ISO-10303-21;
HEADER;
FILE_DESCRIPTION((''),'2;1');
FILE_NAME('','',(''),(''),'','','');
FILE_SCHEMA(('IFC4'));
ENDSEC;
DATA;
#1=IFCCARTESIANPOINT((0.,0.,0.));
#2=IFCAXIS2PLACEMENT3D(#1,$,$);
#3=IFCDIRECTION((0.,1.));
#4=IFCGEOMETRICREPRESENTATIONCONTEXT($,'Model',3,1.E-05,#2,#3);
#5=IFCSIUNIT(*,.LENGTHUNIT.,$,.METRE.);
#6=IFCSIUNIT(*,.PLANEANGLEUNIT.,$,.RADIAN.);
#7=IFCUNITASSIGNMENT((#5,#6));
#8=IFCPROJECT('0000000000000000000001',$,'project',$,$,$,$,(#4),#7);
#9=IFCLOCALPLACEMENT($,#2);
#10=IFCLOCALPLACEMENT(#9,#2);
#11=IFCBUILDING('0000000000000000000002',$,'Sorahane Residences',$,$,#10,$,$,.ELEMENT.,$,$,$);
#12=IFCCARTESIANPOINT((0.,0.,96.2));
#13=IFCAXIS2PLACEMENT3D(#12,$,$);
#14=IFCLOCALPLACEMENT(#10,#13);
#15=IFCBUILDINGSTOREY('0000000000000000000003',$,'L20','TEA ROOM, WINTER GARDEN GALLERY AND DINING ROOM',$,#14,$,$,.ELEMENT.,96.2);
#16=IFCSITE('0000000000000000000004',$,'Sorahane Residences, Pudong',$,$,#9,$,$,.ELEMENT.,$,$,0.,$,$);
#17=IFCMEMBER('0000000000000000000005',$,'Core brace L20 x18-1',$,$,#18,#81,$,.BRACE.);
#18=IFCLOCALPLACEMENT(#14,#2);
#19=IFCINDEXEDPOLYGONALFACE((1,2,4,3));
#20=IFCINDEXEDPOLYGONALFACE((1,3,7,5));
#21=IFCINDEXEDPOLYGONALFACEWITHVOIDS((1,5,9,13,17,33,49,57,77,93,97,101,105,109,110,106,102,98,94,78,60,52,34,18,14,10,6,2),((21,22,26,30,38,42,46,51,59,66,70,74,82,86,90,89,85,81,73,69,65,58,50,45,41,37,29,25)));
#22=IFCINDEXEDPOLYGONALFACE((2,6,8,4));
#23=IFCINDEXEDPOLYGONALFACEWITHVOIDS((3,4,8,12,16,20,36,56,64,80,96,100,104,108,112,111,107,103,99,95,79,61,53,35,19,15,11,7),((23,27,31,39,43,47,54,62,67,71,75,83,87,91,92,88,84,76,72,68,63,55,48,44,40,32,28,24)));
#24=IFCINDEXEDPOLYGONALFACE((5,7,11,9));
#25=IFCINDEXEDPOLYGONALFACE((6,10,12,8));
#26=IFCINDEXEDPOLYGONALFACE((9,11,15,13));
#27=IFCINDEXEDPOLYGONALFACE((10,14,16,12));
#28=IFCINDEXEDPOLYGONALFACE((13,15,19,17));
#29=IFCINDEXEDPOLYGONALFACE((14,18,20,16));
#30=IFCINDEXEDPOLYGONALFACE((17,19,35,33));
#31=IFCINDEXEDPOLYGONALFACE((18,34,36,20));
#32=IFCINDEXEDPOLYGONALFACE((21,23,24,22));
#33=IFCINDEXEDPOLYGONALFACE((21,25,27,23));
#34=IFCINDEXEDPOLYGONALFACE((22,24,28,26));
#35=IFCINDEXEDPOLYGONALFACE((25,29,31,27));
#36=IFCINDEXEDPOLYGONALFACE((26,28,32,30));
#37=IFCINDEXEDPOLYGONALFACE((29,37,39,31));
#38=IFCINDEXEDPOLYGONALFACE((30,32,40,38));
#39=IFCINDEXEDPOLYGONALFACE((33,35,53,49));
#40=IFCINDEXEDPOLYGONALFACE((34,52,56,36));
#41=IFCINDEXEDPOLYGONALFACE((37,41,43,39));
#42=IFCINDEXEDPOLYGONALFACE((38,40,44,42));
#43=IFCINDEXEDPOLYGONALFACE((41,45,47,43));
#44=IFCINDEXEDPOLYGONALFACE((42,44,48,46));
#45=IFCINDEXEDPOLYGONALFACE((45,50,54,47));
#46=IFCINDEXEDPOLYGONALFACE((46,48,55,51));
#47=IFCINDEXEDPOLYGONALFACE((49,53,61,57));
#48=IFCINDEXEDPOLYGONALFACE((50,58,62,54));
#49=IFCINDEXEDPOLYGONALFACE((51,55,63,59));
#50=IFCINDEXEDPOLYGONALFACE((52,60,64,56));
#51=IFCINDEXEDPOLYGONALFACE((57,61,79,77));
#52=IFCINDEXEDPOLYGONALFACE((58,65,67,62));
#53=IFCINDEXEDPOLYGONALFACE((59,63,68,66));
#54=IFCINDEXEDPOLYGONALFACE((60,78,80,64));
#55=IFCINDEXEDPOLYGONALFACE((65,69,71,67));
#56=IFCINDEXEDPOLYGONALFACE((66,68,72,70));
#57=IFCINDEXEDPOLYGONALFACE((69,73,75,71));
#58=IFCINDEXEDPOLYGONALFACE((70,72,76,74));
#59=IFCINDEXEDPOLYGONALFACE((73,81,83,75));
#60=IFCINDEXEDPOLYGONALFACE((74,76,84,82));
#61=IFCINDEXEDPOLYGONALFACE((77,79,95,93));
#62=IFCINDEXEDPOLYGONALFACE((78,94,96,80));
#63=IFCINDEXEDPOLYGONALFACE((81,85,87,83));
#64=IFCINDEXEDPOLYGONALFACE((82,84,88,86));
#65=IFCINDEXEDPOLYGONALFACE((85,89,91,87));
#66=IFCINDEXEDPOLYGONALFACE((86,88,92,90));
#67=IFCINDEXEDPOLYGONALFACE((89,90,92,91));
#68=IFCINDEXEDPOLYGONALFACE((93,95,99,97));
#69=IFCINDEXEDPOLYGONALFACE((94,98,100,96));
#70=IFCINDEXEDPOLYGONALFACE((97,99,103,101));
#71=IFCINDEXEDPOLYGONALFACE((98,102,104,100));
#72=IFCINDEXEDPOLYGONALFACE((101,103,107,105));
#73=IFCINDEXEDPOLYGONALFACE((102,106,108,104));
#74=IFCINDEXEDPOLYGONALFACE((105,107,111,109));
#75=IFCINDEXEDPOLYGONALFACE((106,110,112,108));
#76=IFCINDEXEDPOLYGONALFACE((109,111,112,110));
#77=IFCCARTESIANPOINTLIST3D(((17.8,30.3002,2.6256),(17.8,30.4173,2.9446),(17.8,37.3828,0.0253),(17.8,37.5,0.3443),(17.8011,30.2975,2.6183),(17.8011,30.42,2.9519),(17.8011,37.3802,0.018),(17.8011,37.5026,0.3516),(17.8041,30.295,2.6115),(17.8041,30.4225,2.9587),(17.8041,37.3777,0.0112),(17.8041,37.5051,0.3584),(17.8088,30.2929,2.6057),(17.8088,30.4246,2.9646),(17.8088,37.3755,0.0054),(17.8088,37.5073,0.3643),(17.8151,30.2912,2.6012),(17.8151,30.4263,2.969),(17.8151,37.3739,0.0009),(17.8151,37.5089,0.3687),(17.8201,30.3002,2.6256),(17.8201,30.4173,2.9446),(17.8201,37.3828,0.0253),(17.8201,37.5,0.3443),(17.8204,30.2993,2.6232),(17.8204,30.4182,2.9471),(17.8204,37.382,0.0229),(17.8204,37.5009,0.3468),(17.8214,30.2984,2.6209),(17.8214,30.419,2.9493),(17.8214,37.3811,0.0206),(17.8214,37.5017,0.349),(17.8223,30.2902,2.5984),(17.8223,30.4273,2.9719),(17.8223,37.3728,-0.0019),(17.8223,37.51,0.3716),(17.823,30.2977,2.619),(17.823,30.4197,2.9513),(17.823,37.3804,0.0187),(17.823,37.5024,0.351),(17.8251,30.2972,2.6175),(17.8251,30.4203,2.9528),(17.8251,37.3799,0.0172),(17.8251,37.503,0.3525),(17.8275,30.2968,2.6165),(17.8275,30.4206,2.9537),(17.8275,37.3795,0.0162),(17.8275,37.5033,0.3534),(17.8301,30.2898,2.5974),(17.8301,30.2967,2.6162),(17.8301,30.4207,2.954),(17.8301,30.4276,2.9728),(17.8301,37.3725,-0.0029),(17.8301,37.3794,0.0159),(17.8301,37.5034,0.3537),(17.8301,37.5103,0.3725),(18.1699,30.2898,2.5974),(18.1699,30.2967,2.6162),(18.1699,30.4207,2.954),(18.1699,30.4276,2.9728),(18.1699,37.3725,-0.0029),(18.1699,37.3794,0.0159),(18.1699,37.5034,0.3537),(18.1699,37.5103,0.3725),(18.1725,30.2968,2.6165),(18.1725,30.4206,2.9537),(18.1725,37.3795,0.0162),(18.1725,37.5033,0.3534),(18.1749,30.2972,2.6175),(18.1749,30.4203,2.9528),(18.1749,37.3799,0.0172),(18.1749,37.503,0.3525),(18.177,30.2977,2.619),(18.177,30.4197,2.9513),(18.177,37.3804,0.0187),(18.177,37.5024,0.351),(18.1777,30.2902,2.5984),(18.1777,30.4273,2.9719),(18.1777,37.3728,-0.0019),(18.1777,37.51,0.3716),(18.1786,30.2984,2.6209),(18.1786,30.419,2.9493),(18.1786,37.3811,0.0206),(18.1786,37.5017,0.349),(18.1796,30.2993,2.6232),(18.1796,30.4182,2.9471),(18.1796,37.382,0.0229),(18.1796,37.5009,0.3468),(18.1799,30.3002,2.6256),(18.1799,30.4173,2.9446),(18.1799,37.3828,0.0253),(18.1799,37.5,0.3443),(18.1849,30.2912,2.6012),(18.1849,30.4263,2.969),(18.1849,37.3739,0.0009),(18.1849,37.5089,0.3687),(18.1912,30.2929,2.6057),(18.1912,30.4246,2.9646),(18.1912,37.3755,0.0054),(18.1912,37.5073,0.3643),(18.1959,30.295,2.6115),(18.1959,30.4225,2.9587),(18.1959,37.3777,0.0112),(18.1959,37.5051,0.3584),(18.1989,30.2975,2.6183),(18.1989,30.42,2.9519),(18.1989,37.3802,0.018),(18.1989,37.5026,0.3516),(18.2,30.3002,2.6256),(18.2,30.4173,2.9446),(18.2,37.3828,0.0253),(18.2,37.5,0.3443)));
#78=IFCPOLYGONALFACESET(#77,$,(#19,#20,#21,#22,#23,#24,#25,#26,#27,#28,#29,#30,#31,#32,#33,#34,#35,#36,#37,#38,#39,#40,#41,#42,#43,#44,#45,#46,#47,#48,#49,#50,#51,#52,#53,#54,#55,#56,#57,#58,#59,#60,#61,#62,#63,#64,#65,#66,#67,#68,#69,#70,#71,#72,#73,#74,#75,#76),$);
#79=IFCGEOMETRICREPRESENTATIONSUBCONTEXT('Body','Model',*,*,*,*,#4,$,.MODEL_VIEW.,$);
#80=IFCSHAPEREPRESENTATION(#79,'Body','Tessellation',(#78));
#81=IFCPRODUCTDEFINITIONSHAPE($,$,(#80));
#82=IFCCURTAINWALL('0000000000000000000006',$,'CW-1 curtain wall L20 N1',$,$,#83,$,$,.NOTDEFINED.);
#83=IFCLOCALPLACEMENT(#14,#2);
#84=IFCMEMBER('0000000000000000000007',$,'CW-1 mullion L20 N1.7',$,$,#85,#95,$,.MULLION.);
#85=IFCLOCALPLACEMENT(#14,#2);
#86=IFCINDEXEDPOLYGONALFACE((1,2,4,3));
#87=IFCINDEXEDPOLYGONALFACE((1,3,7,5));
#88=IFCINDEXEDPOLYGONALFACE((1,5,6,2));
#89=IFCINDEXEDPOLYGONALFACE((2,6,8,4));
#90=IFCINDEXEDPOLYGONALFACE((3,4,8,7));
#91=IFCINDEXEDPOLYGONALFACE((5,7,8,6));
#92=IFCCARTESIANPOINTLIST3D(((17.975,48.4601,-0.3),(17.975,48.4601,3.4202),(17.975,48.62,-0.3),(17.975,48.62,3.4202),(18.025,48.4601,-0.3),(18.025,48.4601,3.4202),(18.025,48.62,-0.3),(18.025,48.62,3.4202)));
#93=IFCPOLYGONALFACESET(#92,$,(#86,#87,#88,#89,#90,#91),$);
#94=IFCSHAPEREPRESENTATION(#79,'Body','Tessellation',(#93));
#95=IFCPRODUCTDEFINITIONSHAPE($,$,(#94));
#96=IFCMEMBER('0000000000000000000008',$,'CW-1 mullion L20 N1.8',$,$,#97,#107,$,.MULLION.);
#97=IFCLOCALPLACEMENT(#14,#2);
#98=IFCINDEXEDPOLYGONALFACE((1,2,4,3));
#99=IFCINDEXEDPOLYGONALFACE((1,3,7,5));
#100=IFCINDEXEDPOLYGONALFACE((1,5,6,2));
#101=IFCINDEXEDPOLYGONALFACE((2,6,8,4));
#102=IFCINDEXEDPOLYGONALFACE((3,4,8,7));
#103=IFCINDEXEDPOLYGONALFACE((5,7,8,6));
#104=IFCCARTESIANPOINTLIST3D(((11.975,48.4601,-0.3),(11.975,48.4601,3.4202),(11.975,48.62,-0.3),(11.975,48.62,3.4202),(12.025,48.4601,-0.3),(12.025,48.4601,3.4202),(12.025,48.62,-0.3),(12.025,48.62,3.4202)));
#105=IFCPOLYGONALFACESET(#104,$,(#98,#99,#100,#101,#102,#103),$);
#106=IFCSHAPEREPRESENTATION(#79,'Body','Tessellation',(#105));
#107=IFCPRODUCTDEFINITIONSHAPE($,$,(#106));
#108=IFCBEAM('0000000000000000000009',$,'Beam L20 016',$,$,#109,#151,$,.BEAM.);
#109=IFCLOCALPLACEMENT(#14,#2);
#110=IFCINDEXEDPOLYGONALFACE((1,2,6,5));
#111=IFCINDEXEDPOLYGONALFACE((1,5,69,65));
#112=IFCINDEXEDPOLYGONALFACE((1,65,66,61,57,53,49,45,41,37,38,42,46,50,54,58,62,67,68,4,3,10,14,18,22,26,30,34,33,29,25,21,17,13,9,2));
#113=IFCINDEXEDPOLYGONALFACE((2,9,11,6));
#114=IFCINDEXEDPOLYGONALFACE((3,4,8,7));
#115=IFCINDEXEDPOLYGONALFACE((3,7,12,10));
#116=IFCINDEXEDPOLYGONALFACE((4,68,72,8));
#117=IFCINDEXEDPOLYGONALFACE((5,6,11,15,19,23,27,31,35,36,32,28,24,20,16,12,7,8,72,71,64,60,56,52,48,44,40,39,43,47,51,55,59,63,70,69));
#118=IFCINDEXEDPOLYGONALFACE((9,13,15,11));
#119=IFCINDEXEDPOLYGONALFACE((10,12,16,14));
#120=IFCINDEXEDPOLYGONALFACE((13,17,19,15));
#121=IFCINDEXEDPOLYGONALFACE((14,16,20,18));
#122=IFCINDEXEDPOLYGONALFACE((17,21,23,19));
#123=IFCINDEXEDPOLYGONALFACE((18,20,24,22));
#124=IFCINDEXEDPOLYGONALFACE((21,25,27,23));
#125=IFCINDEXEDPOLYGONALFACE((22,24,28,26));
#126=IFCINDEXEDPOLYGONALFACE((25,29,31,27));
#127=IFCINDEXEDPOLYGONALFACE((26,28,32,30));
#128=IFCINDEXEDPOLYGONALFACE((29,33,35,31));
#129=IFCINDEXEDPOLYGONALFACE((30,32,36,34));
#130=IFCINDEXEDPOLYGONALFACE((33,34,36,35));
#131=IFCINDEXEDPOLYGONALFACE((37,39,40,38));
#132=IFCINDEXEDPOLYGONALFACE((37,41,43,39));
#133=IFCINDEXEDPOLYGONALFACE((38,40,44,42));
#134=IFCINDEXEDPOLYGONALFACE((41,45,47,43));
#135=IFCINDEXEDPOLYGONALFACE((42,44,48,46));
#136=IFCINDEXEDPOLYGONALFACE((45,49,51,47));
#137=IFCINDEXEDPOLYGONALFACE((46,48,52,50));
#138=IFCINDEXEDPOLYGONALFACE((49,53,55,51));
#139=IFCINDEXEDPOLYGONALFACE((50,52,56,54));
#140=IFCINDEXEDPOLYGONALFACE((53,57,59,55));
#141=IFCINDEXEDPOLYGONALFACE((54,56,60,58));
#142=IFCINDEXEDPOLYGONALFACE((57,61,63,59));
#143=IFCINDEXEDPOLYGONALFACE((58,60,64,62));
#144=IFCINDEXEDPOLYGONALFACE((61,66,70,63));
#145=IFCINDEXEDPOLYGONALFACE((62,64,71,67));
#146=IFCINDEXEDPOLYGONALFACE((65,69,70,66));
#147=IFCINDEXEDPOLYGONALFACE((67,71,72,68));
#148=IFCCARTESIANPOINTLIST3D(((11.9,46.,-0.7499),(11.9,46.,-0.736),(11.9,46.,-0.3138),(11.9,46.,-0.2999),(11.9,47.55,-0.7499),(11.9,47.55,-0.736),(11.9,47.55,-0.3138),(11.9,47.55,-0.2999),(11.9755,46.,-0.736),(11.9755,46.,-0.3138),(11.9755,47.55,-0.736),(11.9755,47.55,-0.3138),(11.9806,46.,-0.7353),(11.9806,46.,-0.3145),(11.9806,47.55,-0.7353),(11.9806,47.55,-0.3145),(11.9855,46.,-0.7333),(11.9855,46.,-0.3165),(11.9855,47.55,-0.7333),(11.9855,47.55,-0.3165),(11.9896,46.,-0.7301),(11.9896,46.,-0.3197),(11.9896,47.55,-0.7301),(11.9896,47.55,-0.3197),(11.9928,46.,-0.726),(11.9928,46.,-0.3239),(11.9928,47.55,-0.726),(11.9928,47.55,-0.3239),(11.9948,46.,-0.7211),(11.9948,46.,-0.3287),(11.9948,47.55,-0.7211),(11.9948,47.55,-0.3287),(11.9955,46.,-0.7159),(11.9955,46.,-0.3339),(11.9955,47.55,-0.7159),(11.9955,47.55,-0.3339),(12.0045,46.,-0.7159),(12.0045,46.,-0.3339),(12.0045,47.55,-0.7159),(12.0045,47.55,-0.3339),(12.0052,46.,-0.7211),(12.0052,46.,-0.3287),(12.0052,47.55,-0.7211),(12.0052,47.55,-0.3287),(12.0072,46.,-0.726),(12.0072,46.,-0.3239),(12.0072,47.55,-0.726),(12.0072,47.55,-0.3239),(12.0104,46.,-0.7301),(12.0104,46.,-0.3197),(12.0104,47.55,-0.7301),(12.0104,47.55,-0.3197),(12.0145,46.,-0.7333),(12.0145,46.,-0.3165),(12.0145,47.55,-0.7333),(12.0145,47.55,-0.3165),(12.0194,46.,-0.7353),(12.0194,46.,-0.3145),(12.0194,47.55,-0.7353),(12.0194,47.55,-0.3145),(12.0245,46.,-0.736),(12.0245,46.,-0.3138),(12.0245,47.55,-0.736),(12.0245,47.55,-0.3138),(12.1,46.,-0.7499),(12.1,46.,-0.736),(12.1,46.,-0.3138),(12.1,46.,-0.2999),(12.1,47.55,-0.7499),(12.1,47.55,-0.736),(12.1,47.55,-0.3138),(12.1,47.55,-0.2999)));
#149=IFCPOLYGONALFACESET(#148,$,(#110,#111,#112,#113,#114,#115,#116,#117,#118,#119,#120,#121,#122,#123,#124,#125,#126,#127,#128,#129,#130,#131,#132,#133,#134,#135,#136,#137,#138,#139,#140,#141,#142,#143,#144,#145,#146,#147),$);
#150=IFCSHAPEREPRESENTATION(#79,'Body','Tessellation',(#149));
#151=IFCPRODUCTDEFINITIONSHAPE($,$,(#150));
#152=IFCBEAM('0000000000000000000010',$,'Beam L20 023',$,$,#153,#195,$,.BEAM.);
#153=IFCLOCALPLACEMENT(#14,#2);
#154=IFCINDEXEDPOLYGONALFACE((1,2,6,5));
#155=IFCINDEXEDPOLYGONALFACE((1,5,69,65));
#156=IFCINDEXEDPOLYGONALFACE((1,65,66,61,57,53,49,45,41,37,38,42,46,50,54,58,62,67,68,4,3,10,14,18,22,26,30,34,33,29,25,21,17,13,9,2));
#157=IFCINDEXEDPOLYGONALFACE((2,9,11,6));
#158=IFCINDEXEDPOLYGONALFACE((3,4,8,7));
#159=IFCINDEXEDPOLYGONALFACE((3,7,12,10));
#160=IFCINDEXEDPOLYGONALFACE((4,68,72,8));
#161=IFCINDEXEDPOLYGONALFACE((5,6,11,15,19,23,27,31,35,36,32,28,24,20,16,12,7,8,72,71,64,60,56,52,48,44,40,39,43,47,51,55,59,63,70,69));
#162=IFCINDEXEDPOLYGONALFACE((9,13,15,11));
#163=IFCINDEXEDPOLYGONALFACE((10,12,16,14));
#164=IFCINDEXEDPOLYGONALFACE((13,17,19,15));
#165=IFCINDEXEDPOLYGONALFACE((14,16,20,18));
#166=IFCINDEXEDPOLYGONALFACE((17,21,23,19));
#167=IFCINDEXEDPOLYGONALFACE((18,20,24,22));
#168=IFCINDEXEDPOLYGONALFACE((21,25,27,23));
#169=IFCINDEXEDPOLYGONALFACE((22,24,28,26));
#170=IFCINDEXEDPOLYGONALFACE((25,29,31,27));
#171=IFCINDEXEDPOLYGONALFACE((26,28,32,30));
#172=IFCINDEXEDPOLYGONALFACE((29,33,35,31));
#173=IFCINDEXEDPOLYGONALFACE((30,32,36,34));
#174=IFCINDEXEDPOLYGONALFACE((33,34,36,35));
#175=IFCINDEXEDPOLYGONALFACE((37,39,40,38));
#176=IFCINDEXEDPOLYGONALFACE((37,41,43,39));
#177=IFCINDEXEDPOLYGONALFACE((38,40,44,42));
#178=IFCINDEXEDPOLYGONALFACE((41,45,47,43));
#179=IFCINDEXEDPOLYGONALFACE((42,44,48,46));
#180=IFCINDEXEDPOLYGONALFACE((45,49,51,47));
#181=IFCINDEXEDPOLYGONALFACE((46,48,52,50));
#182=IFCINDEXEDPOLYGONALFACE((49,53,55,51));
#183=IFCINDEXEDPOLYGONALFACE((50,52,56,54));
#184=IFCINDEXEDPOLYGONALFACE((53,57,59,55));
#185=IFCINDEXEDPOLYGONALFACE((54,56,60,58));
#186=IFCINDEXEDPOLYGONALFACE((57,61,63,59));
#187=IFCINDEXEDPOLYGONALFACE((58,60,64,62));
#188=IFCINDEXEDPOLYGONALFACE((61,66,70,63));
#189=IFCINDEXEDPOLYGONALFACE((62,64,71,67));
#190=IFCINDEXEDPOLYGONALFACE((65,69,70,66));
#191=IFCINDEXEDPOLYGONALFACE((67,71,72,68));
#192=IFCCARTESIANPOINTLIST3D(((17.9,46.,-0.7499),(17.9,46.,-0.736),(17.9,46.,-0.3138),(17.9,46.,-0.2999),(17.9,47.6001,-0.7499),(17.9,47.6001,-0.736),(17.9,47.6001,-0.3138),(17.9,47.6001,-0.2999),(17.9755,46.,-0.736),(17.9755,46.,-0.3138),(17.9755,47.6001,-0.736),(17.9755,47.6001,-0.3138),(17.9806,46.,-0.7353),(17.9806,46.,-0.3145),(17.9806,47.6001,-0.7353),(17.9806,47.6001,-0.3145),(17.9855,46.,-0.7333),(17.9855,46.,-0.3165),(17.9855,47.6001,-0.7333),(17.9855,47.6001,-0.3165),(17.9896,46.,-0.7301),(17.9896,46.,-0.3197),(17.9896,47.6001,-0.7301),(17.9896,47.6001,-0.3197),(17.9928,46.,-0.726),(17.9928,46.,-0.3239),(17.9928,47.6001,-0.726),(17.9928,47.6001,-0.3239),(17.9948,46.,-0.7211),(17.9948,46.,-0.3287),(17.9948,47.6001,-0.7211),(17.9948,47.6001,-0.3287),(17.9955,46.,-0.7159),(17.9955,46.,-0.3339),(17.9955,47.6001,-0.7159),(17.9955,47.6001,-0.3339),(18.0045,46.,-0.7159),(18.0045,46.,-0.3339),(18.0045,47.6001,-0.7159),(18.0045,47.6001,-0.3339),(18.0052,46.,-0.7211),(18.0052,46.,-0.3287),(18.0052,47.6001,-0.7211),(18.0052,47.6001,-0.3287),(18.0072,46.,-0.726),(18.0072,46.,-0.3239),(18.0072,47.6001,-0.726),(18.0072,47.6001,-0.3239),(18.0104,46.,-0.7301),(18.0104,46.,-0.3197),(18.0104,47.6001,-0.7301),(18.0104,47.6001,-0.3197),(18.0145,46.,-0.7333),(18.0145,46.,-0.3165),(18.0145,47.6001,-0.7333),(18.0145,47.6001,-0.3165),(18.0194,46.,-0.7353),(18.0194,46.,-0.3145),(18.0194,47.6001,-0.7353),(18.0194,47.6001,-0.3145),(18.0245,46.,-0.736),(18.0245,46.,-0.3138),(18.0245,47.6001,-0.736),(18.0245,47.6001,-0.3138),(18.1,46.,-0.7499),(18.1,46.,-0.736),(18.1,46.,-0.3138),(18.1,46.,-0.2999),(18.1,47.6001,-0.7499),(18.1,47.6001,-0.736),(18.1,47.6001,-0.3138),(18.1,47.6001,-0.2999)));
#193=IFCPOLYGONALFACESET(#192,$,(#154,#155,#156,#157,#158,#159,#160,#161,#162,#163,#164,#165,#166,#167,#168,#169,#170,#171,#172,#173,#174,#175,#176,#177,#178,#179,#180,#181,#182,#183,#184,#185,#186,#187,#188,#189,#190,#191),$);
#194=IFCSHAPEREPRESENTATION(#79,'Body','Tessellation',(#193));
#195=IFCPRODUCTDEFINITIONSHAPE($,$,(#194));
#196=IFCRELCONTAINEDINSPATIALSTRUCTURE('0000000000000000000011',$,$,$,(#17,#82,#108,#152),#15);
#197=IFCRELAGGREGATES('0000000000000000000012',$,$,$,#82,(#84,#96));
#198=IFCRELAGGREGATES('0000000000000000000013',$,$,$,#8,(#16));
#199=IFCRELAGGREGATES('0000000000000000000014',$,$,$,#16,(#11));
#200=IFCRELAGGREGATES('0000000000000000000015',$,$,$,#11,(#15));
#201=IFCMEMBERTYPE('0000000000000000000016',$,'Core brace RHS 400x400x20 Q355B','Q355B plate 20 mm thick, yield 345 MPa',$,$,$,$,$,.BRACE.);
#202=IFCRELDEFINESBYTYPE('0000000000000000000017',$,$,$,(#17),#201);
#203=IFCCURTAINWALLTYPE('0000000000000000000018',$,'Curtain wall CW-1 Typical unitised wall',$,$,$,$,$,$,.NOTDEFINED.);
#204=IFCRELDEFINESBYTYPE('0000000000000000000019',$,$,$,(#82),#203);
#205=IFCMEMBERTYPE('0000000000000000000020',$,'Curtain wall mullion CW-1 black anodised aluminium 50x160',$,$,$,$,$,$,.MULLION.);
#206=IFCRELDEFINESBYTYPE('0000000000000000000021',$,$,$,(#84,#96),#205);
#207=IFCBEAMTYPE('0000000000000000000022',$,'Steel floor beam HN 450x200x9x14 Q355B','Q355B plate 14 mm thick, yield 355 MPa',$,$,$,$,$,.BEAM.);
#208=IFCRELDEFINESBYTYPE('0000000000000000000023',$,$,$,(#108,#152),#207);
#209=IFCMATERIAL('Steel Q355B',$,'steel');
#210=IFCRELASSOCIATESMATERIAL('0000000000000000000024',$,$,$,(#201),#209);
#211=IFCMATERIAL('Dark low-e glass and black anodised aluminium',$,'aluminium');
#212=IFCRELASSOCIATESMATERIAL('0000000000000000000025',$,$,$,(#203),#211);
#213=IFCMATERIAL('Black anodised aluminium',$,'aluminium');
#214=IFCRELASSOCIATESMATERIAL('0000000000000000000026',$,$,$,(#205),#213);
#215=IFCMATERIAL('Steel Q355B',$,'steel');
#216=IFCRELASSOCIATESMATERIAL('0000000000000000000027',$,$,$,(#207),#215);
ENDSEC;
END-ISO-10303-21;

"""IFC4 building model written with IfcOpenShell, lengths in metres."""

from ifc_helpers import new_model, si_unit, direction, frame, origin, origin_2d, place, context, subcontext, project, spatial, rectangle, hollow_rectangle, i_section, extrude, material, material_profile, profile_set, type_object, element, aggregate, save


model = new_model("IFC4")

# Units and contexts
model_context = context("Model", 3, precision=1e-05, world=origin(), true_north=direction((0.0, 1.0)))
body_context = subcontext(model_context, "Body", "Model", "MODEL_VIEW")
ifc_project = project(units=[si_unit("LENGTHUNIT", "METRE"), si_unit("PLANEANGLEUNIT", "RADIAN")], contexts=[model_context])

# Site, building, storey
site_placement = place(None, origin())
site = spatial("IfcSite", under=ifc_project, at=site_placement, Name="Sorahane Residences, Pudong", CompositionType="ELEMENT", RefElevation=0.0)
building_placement = place(site_placement, origin())
building = spatial("IfcBuilding", under=site, at=building_placement, Name="Sorahane Residences", CompositionType="ELEMENT")
storey_placement = place(building_placement, frame((0.0, 0.0, 96.2)))
storey = spatial("IfcBuildingStorey", under=building, at=storey_placement, Name="L20", Description="TEA ROOM, WINTER GARDEN GALLERY AND DINING ROOM", CompositionType="ELEMENT", Elevation=96.2)

# Member
ifc_material_1 = material(Name="Steel Q355B", Category="steel")
ifc_material_profile_1 = material_profile(ifc_material_1, hollow_rectangle(XDim=0.3999, YDim=0.3999, WallThickness=0.02, InnerFilletRadius=0.01, OuterFilletRadius=0.03, at=origin_2d()), Name="RHS 400x400x20")
ifc_profile_set_1 = profile_set([ifc_material_profile_1], Name="Steel Q355B")
member_type_1 = type_object("IfcMemberType", Name="Core brace RHS 400x400x20 Q355B", Description="Q355B plate 20 mm thick, yield 345 MPa", PredefinedType="BRACE", material=ifc_profile_set_1)
member_1_placement = place(storey_placement, frame((18.0, 37.4414, 0.1848), z_axis=(0.0, -0.938734, 0.344643), x_axis=(1.0, 0.0, 0.0)))
element("IfcMember", 1, at=member_1_placement, inside=storey, type_object=member_type_1, Name="Core brace L20 x18-1", PredefinedType="BRACE", context=body_context, shape_type="SweptSolid", body=[
    extrude(hollow_rectangle(XDim=0.3999, YDim=0.3999, WallThickness=0.02, InnerFilletRadius=0.01, OuterFilletRadius=0.03, at=origin_2d()), origin(), (0.0, 0.0, 1.0), 7.5449),
])

# Curtain wall, members
ifc_material_2 = material(Name="Dark low-e glass and black anodised aluminium", Category="aluminium")
curtain_wall_type = type_object("IfcCurtainWallType", Name="Curtain wall CW-1 Typical unitised wall", PredefinedType="NOTDEFINED", material=ifc_material_2)
curtain_wall_placement = place(storey_placement, origin())
curtain_wall = element("IfcCurtainWall", 2, at=curtain_wall_placement, inside=storey, type_object=curtain_wall_type, Name="CW-1 curtain wall L20 N1", PredefinedType="NOTDEFINED")
ifc_material_3 = material(Name="Black anodised aluminium", Category="aluminium")
ifc_material_profile_2 = material_profile(ifc_material_3, rectangle(XDim=0.1599, YDim=0.05, at=origin_2d()), Name="Curtain wall mullion CW-1 black anodised aluminium 50x160")
ifc_profile_set_2 = profile_set([ifc_material_profile_2], Name="Black anodised aluminium")
member_type_2 = type_object("IfcMemberType", Name="Curtain wall mullion CW-1 black anodised aluminium 50x160", PredefinedType="MULLION", material=ifc_profile_set_2)
member_2_placement = place(storey_placement, frame((18.0, 48.54, -0.3), z_axis=(0.0, 0.0, 1.0), x_axis=(0.0, 1.0, 0.0)))
member_2 = element("IfcMember", 3, at=member_2_placement, type_object=member_type_2, Name="CW-1 mullion L20 N1.7", PredefinedType="MULLION", context=body_context, shape_type="SweptSolid", body=[
    extrude(rectangle(XDim=0.1599, YDim=0.05, at=origin_2d()), origin(), (0.0, 0.0, 1.0), 3.7202),
])
member_3_placement = place(storey_placement, frame((12.0, 48.54, -0.3), z_axis=(0.0, 0.0, 1.0), x_axis=(0.0, 1.0, 0.0)))
member_3 = element("IfcMember", 4, at=member_3_placement, type_object=member_type_2, Name="CW-1 mullion L20 N1.8", PredefinedType="MULLION", context=body_context, shape_type="SweptSolid", body=[
    extrude(rectangle(XDim=0.1599, YDim=0.05, at=origin_2d()), origin(), (0.0, 0.0, 1.0), 3.7202),
])

# Beams
ifc_material_4 = material(Name="Steel Q355B", Category="steel")
ifc_material_profile_3 = material_profile(ifc_material_4, i_section(OverallWidth=0.2, OverallDepth=0.45, WebThickness=0.009, FlangeThickness=0.0139, FilletRadius=0.02, at=origin_2d()), Name="HN 450x200x9x14")
ifc_profile_set_3 = profile_set([ifc_material_profile_3], Name="Steel Q355B")
beam_type_1 = type_object("IfcBeamType", Name="Steel floor beam HN 450x200x9x14 Q355B", Description="Q355B plate 14 mm thick, yield 355 MPa", PredefinedType="BEAM", material=ifc_profile_set_3)
beam_1_placement = place(storey_placement, frame((12.0, 46.0, -0.5249), z_axis=(0.0, 1.0, 0.0), x_axis=(-1.0, 0.0, 0.0)))
element("IfcBeam", 5, at=beam_1_placement, inside=storey, type_object=beam_type_1, Name="Beam L20 016", PredefinedType="BEAM", context=body_context, shape_type="SweptSolid", body=[
    extrude(i_section(OverallWidth=0.2, OverallDepth=0.45, WebThickness=0.009, FlangeThickness=0.0139, FilletRadius=0.02, at=origin_2d()), origin(), (0.0, 0.0, 1.0), 1.55),
])
beam_2_placement = place(storey_placement, frame((18.0, 46.0, -0.5249), z_axis=(0.0, 1.0, 0.0), x_axis=(-1.0, 0.0, 0.0)))
element("IfcBeam", 6, at=beam_2_placement, inside=storey, type_object=beam_type_1, Name="Beam L20 023", PredefinedType="BEAM", context=body_context, shape_type="SweptSolid", body=[
    extrude(i_section(OverallWidth=0.2, OverallDepth=0.45, WebThickness=0.009, FlangeThickness=0.0139, FilletRadius=0.02, at=origin_2d()), origin(), (0.0, 0.0, 1.0), 1.6001),
])

aggregate(curtain_wall, [member_2, member_3])

save(model, "model.ifc")
